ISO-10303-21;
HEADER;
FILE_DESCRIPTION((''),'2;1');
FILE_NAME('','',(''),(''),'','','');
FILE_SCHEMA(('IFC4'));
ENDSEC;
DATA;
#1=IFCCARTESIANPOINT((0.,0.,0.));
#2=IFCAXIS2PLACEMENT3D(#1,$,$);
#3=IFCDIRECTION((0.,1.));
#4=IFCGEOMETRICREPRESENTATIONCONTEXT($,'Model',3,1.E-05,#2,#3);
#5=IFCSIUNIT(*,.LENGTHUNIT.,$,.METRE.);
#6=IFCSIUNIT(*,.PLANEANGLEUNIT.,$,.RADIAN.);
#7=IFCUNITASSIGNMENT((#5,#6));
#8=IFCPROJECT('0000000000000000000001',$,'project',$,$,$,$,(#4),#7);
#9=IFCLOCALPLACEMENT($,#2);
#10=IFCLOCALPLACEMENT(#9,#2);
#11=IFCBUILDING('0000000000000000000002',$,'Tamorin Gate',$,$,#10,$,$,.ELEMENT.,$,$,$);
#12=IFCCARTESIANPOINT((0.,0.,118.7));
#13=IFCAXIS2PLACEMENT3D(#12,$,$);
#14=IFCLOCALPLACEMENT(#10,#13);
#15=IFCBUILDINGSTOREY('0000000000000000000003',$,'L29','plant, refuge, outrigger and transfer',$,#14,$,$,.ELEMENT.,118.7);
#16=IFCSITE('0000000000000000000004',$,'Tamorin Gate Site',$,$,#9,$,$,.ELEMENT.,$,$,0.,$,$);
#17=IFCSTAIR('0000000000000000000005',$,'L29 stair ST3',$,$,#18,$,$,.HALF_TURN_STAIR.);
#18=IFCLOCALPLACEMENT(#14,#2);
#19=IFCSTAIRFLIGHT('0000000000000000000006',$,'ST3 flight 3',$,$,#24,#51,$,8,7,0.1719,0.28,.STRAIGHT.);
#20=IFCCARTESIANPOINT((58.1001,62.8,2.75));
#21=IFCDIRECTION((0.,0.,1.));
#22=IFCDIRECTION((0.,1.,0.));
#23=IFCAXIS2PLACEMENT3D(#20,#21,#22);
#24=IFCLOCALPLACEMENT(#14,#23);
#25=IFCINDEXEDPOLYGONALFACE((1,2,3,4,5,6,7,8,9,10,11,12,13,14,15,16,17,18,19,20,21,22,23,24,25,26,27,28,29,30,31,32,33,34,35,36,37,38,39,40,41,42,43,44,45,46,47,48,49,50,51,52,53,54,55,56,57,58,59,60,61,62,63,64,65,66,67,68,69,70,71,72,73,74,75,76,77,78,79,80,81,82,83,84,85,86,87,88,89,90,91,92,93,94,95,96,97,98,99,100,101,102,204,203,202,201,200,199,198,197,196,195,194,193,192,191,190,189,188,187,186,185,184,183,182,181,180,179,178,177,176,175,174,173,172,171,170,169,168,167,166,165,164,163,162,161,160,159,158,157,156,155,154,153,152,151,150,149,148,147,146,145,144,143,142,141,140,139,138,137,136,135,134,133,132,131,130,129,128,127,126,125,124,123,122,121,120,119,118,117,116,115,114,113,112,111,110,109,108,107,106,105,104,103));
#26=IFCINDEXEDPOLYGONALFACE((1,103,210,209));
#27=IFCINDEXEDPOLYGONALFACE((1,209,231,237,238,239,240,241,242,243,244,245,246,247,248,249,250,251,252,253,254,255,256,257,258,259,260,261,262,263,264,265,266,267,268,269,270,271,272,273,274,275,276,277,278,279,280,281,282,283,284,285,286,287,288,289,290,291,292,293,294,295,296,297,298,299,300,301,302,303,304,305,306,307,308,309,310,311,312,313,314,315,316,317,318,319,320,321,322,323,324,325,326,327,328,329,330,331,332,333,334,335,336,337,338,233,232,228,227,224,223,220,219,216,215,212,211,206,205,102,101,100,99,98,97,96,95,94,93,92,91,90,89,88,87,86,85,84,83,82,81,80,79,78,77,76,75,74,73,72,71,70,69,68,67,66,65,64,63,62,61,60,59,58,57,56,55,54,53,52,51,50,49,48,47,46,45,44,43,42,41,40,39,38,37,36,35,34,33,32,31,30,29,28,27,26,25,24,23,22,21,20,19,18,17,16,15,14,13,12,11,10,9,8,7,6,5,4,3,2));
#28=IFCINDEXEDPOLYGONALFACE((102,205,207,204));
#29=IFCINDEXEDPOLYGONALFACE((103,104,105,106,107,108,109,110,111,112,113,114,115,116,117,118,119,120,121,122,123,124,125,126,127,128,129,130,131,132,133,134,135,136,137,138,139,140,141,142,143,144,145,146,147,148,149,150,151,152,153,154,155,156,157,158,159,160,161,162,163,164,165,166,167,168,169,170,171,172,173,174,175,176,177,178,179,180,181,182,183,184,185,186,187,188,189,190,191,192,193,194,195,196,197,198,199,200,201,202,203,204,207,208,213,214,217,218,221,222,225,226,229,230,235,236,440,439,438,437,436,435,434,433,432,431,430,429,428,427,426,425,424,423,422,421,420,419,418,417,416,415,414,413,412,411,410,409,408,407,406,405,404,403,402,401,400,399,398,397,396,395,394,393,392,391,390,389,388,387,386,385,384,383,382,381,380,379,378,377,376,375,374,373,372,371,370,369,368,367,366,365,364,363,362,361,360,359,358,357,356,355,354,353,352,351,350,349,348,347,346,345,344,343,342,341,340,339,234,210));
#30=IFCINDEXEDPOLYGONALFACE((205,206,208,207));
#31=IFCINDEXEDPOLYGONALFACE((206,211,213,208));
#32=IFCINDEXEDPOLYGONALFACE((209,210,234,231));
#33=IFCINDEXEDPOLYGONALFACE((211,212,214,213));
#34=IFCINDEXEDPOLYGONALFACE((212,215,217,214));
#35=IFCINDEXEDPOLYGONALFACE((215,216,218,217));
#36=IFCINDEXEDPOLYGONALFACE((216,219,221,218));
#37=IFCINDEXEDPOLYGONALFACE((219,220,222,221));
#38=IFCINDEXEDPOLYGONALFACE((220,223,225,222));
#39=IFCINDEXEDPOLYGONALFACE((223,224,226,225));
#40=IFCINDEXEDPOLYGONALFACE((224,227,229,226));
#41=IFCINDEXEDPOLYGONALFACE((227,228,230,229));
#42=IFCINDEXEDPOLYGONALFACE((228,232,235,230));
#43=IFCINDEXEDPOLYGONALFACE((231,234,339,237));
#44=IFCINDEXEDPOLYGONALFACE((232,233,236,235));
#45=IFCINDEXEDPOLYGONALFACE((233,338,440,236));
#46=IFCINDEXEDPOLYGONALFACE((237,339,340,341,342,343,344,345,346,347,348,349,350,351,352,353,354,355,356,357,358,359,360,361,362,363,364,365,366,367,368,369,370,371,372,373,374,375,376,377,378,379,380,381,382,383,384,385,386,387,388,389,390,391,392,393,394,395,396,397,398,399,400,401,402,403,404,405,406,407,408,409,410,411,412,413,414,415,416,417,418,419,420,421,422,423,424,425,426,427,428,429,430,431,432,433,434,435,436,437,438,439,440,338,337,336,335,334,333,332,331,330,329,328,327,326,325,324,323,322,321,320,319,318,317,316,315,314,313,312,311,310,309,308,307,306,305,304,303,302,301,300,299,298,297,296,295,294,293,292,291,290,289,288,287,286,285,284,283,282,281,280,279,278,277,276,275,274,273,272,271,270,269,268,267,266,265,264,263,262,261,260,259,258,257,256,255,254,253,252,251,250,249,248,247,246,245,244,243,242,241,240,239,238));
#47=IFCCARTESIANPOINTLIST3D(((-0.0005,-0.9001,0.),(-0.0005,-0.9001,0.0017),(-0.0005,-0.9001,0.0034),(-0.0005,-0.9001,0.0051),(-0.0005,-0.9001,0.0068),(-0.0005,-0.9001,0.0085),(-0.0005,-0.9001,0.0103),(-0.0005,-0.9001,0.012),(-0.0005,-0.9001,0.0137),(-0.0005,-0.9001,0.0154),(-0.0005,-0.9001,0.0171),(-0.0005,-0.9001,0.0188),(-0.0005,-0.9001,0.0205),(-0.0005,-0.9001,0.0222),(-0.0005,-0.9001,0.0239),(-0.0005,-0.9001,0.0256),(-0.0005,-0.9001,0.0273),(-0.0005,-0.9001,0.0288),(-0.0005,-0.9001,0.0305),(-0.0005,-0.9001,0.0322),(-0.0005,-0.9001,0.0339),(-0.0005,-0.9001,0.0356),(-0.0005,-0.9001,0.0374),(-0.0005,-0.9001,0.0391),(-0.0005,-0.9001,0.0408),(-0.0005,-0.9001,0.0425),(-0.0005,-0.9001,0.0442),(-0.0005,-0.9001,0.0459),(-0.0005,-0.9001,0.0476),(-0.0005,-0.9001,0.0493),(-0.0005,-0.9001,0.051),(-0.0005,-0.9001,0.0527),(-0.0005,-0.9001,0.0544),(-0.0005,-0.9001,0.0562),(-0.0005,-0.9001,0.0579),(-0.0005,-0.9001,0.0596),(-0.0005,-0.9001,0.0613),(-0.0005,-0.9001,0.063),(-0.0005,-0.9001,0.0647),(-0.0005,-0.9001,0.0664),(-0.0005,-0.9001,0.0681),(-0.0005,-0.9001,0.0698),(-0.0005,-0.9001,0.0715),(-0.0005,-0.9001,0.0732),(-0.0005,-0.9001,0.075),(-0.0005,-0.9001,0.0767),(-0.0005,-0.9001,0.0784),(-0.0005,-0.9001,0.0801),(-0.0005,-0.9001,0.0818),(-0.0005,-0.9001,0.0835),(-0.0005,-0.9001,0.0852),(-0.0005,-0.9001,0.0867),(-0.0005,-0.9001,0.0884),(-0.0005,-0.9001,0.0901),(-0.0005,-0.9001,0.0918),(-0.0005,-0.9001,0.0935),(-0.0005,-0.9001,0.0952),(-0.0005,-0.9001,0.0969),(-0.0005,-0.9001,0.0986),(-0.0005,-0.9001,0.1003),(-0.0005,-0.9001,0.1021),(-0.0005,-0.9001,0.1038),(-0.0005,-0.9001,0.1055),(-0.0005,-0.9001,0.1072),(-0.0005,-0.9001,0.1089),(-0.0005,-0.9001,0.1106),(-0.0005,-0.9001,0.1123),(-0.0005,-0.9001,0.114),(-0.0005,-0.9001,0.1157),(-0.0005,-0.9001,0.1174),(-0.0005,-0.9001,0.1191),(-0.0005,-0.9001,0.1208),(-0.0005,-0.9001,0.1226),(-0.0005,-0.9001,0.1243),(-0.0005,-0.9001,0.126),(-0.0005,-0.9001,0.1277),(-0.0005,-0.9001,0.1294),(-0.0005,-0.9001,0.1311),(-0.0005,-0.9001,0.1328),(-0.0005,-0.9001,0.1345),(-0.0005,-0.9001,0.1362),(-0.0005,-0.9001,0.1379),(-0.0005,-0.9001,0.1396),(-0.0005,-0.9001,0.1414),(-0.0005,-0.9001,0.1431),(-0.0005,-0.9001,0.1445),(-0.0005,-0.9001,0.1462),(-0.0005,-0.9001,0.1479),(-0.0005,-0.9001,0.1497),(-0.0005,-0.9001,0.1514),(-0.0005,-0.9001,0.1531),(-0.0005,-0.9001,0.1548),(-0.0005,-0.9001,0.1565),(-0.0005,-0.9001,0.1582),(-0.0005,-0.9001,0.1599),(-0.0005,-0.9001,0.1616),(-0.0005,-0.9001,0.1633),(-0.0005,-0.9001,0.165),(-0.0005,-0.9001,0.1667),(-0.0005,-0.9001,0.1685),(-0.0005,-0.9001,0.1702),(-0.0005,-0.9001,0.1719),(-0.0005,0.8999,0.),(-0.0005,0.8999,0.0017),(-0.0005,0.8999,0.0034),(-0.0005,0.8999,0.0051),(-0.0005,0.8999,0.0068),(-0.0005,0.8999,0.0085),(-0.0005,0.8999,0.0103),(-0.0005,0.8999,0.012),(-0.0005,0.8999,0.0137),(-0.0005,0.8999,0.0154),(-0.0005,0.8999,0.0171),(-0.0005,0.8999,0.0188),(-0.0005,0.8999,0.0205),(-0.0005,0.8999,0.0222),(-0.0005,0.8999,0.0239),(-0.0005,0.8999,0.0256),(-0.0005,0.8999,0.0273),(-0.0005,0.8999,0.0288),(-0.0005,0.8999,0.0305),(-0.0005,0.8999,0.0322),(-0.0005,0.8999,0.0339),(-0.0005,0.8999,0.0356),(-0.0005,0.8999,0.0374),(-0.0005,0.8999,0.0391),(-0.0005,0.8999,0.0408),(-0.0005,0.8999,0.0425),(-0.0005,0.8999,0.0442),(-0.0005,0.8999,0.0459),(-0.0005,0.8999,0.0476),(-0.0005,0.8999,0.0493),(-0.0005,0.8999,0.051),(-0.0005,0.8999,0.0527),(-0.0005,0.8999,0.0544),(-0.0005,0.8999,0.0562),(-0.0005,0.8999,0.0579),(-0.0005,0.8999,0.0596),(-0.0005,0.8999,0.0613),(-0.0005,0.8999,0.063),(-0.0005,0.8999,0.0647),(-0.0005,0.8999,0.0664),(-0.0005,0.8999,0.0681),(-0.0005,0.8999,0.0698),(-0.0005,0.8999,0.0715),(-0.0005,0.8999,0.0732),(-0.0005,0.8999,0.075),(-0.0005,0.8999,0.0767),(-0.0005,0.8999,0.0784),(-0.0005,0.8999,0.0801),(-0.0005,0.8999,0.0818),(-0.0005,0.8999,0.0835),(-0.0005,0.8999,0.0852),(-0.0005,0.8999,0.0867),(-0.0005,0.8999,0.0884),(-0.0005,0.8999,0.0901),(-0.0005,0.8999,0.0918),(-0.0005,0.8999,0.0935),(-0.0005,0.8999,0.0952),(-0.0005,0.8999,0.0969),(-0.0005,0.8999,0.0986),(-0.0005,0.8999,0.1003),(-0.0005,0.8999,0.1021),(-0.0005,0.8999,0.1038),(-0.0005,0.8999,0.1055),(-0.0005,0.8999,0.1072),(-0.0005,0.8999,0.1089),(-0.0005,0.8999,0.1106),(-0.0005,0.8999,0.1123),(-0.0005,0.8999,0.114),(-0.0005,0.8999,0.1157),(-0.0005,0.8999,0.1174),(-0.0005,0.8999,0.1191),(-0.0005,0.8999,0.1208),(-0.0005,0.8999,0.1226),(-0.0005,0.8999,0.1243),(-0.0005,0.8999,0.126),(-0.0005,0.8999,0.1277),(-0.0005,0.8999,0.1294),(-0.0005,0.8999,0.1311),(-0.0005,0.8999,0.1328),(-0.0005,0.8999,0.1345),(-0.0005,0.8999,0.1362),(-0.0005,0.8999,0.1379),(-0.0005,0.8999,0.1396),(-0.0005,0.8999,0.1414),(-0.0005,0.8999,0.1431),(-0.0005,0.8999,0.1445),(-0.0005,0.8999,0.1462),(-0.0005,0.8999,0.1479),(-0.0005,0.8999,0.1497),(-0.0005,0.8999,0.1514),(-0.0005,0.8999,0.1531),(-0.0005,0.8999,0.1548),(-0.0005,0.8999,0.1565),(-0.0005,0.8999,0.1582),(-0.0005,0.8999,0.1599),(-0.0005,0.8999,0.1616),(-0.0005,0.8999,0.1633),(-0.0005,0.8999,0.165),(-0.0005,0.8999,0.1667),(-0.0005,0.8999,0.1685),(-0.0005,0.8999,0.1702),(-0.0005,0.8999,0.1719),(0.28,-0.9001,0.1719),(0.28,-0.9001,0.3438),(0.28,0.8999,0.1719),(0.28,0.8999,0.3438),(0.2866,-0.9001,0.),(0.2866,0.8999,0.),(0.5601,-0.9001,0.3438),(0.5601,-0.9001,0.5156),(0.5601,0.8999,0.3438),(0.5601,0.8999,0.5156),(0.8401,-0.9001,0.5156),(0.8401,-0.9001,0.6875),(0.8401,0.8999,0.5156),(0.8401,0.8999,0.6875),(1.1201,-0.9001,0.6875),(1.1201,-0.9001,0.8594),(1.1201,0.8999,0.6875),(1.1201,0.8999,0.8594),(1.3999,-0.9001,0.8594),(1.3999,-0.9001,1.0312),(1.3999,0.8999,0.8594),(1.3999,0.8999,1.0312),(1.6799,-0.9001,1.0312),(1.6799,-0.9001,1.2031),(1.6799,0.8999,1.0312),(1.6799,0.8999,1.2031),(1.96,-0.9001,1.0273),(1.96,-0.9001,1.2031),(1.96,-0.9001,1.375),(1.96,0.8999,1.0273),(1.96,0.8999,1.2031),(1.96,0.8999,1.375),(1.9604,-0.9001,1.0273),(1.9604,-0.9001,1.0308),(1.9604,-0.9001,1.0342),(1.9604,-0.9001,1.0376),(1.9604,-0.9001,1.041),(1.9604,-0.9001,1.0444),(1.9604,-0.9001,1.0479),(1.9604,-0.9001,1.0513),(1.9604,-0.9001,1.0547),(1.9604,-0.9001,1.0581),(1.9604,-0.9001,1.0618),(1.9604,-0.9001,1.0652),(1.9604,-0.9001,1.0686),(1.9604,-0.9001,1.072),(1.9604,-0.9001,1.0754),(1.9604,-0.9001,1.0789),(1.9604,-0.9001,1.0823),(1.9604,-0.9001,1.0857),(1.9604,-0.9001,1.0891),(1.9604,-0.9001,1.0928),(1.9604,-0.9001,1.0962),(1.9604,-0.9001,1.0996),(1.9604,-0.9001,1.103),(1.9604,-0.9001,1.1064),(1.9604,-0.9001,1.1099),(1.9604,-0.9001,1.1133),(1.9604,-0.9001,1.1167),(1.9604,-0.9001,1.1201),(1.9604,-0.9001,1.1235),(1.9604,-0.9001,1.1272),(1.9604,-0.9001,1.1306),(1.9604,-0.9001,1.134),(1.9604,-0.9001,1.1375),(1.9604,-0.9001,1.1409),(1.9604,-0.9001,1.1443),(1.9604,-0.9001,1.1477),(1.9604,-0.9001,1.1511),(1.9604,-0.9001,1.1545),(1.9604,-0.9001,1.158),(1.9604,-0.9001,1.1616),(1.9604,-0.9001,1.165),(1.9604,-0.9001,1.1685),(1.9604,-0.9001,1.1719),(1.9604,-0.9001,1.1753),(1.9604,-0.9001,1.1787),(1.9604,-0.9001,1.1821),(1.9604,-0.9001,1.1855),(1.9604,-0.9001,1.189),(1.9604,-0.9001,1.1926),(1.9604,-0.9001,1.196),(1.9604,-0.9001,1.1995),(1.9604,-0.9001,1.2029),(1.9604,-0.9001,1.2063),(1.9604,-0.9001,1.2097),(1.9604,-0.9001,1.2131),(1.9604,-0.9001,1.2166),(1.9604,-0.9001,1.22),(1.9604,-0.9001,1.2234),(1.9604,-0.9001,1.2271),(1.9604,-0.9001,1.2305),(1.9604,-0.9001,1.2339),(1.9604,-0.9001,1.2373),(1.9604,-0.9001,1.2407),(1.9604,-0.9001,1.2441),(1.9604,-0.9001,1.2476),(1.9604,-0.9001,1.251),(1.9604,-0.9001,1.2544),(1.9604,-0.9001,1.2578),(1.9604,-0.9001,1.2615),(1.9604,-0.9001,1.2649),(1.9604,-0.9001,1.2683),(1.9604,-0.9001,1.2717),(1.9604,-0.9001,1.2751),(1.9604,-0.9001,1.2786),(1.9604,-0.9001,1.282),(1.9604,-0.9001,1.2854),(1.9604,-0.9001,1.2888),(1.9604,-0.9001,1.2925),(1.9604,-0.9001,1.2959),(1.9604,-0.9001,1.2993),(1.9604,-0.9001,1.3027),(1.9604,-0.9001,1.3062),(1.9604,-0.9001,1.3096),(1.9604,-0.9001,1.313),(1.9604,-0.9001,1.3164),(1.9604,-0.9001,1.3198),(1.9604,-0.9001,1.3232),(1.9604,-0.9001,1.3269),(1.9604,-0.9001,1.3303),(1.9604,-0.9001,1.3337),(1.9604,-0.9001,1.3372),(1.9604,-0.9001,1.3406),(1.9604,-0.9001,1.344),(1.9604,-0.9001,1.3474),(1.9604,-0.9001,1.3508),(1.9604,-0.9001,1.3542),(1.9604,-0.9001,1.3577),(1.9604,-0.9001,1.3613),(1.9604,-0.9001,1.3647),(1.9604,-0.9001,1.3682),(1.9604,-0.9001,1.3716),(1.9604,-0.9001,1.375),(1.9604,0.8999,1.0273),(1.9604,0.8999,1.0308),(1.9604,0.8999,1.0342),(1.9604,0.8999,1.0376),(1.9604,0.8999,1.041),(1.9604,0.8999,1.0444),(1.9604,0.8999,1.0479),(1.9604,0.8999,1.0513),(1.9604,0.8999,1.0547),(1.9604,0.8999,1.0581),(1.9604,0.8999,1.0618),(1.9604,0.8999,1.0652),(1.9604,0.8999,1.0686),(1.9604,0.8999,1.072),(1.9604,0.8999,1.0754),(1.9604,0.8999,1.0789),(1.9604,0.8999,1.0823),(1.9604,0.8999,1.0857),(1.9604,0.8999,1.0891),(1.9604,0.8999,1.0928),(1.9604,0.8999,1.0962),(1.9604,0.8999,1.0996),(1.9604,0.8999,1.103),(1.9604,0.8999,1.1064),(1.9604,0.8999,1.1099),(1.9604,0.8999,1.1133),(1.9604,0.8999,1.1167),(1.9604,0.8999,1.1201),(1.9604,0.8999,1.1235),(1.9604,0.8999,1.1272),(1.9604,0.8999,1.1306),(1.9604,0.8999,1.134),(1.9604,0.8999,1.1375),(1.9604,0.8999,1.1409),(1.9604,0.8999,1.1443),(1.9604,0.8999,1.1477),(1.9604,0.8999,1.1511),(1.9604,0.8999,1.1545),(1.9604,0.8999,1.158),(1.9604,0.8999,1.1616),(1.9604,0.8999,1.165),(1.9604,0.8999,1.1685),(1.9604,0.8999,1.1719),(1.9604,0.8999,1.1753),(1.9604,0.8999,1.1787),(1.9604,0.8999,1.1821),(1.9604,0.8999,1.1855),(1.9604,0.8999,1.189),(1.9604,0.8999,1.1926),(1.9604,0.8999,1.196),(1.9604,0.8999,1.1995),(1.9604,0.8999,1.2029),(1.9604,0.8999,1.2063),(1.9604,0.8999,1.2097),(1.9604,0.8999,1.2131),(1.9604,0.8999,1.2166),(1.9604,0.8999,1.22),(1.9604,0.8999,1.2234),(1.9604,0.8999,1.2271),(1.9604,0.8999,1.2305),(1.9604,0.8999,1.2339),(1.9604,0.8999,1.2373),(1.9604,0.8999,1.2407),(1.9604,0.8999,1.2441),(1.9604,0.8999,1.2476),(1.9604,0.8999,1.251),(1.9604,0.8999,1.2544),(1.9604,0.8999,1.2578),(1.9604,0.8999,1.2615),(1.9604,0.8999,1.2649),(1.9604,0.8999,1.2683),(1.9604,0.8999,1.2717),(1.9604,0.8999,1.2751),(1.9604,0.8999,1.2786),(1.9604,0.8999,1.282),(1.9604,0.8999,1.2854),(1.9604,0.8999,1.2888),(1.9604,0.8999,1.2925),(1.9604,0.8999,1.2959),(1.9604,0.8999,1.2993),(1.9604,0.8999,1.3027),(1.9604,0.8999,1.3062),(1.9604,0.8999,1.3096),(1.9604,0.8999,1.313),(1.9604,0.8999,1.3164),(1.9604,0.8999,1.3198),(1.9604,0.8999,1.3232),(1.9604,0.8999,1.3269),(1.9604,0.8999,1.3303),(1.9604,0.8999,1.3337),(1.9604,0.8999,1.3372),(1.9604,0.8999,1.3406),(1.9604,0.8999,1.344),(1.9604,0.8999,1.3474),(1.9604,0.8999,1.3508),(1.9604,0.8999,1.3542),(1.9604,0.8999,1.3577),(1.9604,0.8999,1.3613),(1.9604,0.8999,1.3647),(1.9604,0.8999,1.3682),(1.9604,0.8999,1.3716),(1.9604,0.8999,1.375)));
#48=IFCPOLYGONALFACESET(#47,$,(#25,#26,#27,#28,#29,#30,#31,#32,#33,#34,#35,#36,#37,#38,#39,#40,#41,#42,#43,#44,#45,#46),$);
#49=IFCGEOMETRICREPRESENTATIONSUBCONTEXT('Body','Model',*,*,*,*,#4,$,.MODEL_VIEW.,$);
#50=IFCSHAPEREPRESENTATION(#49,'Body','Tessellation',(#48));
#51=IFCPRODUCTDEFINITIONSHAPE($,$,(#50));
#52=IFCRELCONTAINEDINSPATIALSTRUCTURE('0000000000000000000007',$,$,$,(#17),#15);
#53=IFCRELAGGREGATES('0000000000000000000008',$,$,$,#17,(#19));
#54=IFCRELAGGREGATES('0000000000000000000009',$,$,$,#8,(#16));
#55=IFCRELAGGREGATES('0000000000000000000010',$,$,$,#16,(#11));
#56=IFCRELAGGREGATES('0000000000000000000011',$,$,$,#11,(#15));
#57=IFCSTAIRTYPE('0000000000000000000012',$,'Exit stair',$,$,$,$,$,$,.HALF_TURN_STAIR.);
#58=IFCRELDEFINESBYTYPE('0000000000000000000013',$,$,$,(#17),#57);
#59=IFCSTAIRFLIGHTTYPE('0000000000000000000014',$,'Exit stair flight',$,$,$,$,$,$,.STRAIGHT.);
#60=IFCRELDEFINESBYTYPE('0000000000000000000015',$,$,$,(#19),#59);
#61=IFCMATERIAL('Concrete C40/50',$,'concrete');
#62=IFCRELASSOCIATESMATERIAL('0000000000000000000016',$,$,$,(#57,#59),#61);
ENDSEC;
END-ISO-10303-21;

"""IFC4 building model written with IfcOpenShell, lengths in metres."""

from ifc_helpers import new_model, si_unit, direction, frame, origin, place, context, subcontext, project, spatial, polyline, outline, extrude, material, type_object, element, aggregate, save


model = new_model("IFC4")

# Units and contexts
model_context = context("Model", 3, precision=1e-05, world=origin(), true_north=direction((0.0, 1.0)))
body_context = subcontext(model_context, "Body", "Model", "MODEL_VIEW")
ifc_project = project(units=[si_unit("LENGTHUNIT", "METRE"), si_unit("PLANEANGLEUNIT", "RADIAN")], contexts=[model_context])

# Site, building, storey
site_placement = place(None, origin())
site = spatial("IfcSite", under=ifc_project, at=site_placement, Name="Tamorin Gate Site", CompositionType="ELEMENT", RefElevation=0.0)
building_placement = place(site_placement, origin())
building = spatial("IfcBuilding", under=site, at=building_placement, Name="Tamorin Gate", CompositionType="ELEMENT")
storey_placement = place(building_placement, frame((0.0, 0.0, 118.7)))
storey = spatial("IfcBuildingStorey", under=building, at=storey_placement, Name="L29", Description="plant, refuge, outrigger and transfer", CompositionType="ELEMENT", Elevation=118.7)

# Stair, stair flight
ifc_material_1 = material(Name="Concrete C40/50", Category="concrete")
stair_type = type_object("IfcStairType", Name="Exit stair", PredefinedType="HALF_TURN_STAIR", material=ifc_material_1)
stair_placement = place(storey_placement, origin())
stair = element("IfcStair", 1, at=stair_placement, inside=storey, type_object=stair_type, Name="L29 stair ST3", PredefinedType="HALF_TURN_STAIR")
stair_flight_type = type_object("IfcStairFlightType", Name="Exit stair flight", PredefinedType="STRAIGHT", material=ifc_material_1)
stair_flight_1_placement = place(storey_placement, frame((58.1001, 62.8, 2.75), z_axis=(0.0, 0.0, 1.0), x_axis=(0.0, 1.0, 0.0)))
stair_flight_1 = element("IfcStairFlight", 2, at=stair_flight_1_placement, type_object=stair_flight_type, Name="ST3 flight 3", NumberOfRisers=8, NumberOfTreads=7, PredefinedType="STRAIGHT", RiserHeight=0.1719, TreadLength=0.28, context=body_context, shape_type="SweptSolid", body=[
    extrude(outline(polyline([(-0.0005, 0.0), (-0.0005, 0.0017), (-0.0005, 0.0034), (-0.0005, 0.0051), (-0.0005, 0.0068), (-0.0005, 0.0085), (-0.0005, 0.0103), (-0.0005, 0.012), (-0.0005, 0.0137), (-0.0005, 0.0154), (-0.0005, 0.0171), (-0.0005, 0.0188), (-0.0005, 0.0205), (-0.0005, 0.0222), (-0.0005, 0.0239), (-0.0005, 0.0256), (-0.0005, 0.0273), (-0.0005, 0.0288), (-0.0005, 0.0305), (-0.0005, 0.0322), (-0.0005, 0.0339), (-0.0005, 0.0356), (-0.0005, 0.0374), (-0.0005, 0.0391), (-0.0005, 0.0408), (-0.0005, 0.0425), (-0.0005, 0.0442), (-0.0005, 0.0459), (-0.0005, 0.0476), (-0.0005, 0.0493), (-0.0005, 0.051), (-0.0005, 0.0527), (-0.0005, 0.0544), (-0.0005, 0.0562), (-0.0005, 0.0579), (-0.0005, 0.0596), (-0.0005, 0.0613), (-0.0005, 0.063), (-0.0005, 0.0647), (-0.0005, 0.0664), (-0.0005, 0.0681), (-0.0005, 0.0698), (-0.0005, 0.0715), (-0.0005, 0.0732), (-0.0005, 0.075), (-0.0005, 0.0767), (-0.0005, 0.0784), (-0.0005, 0.0801), (-0.0005, 0.0818), (-0.0005, 0.0835), (-0.0005, 0.0852), (-0.0005, 0.0867), (-0.0005, 0.0884), (-0.0005, 0.0901), (-0.0005, 0.0918), (-0.0005, 0.0935), (-0.0005, 0.0952), (-0.0005, 0.0969), (-0.0005, 0.0986), (-0.0005, 0.1003), (-0.0005, 0.1021), (-0.0005, 0.1038), (-0.0005, 0.1055), (-0.0005, 0.1072), (-0.0005, 0.1089), (-0.0005, 0.1106), (-0.0005, 0.1123), (-0.0005, 0.114), (-0.0005, 0.1157), (-0.0005, 0.1174), (-0.0005, 0.1191), (-0.0005, 0.1208), (-0.0005, 0.1226), (-0.0005, 0.1243), (-0.0005, 0.126), (-0.0005, 0.1277), (-0.0005, 0.1294), (-0.0005, 0.1311), (-0.0005, 0.1328), (-0.0005, 0.1345), (-0.0005, 0.1362), (-0.0005, 0.1379), (-0.0005, 0.1396), (-0.0005, 0.1414), (-0.0005, 0.1431), (-0.0005, 0.1445), (-0.0005, 0.1462), (-0.0005, 0.1479), (-0.0005, 0.1497), (-0.0005, 0.1514), (-0.0005, 0.1531), (-0.0005, 0.1548), (-0.0005, 0.1565), (-0.0005, 0.1582), (-0.0005, 0.1599), (-0.0005, 0.1616), (-0.0005, 0.1633), (-0.0005, 0.165), (-0.0005, 0.1667), (-0.0005, 0.1685), (-0.0005, 0.1702), (-0.0005, 0.1719), (0.28, 0.1719), (0.28, 0.3438), (0.5601, 0.3438), (0.5601, 0.5156), (0.8401, 0.5156), (0.8401, 0.6875), (1.1201, 0.6875), (1.1201, 0.8594), (1.3999, 0.8594), (1.3999, 1.0312), (1.6799, 1.0312), (1.6799, 1.2031), (1.96, 1.2031), (1.96, 1.375), (1.9604, 1.375), (1.9604, 1.3716), (1.9604, 1.3682), (1.9604, 1.3647), (1.9604, 1.3613), (1.9604, 1.3577), (1.9604, 1.3542), (1.9604, 1.3508), (1.9604, 1.3474), (1.9604, 1.344), (1.9604, 1.3406), (1.9604, 1.3372), (1.9604, 1.3337), (1.9604, 1.3303), (1.9604, 1.3269), (1.9604, 1.3232), (1.9604, 1.3198), (1.9604, 1.3164), (1.9604, 1.313), (1.9604, 1.3096), (1.9604, 1.3062), (1.9604, 1.3027), (1.9604, 1.2993), (1.9604, 1.2959), (1.9604, 1.2925), (1.9604, 1.2888), (1.9604, 1.2854), (1.9604, 1.282), (1.9604, 1.2786), (1.9604, 1.2751), (1.9604, 1.2717), (1.9604, 1.2683), (1.9604, 1.2649), (1.9604, 1.2615), (1.9604, 1.2578), (1.9604, 1.2544), (1.9604, 1.251), (1.9604, 1.2476), (1.9604, 1.2441), (1.9604, 1.2407), (1.9604, 1.2373), (1.9604, 1.2339), (1.9604, 1.2305), (1.9604, 1.2271), (1.9604, 1.2234), (1.9604, 1.22), (1.9604, 1.2166), (1.9604, 1.2131), (1.9604, 1.2097), (1.9604, 1.2063), (1.9604, 1.2029), (1.9604, 1.1995), (1.9604, 1.196), (1.9604, 1.1926), (1.9604, 1.189), (1.9604, 1.1855), (1.9604, 1.1821), (1.9604, 1.1787), (1.9604, 1.1753), (1.9604, 1.1719), (1.9604, 1.1685), (1.9604, 1.165), (1.9604, 1.1616), (1.9604, 1.158), (1.9604, 1.1545), (1.9604, 1.1511), (1.9604, 1.1477), (1.9604, 1.1443), (1.9604, 1.1409), (1.9604, 1.1375), (1.9604, 1.134), (1.9604, 1.1306), (1.9604, 1.1272), (1.9604, 1.1235), (1.9604, 1.1201), (1.9604, 1.1167), (1.9604, 1.1133), (1.9604, 1.1099), (1.9604, 1.1064), (1.9604, 1.103), (1.9604, 1.0996), (1.9604, 1.0962), (1.9604, 1.0928), (1.9604, 1.0891), (1.9604, 1.0857), (1.9604, 1.0823), (1.9604, 1.0789), (1.9604, 1.0754), (1.9604, 1.072), (1.9604, 1.0686), (1.9604, 1.0652), (1.9604, 1.0618), (1.9604, 1.0581), (1.9604, 1.0547), (1.9604, 1.0513), (1.9604, 1.0479), (1.9604, 1.0444), (1.9604, 1.041), (1.9604, 1.0376), (1.9604, 1.0342), (1.9604, 1.0308), (1.9604, 1.0273), (1.96, 1.0273), (0.2866, 0.0), (-0.0005, 0.0)])), frame((0.0, 0.8999, 0.0), z_axis=(0.0, -1.0, 0.0), x_axis=(1.0, 0.0, 0.0)), (0.0, 0.0, 1.0), 1.8),
])
aggregate(stair, [stair_flight_1])

save(model, "model.ifc")
